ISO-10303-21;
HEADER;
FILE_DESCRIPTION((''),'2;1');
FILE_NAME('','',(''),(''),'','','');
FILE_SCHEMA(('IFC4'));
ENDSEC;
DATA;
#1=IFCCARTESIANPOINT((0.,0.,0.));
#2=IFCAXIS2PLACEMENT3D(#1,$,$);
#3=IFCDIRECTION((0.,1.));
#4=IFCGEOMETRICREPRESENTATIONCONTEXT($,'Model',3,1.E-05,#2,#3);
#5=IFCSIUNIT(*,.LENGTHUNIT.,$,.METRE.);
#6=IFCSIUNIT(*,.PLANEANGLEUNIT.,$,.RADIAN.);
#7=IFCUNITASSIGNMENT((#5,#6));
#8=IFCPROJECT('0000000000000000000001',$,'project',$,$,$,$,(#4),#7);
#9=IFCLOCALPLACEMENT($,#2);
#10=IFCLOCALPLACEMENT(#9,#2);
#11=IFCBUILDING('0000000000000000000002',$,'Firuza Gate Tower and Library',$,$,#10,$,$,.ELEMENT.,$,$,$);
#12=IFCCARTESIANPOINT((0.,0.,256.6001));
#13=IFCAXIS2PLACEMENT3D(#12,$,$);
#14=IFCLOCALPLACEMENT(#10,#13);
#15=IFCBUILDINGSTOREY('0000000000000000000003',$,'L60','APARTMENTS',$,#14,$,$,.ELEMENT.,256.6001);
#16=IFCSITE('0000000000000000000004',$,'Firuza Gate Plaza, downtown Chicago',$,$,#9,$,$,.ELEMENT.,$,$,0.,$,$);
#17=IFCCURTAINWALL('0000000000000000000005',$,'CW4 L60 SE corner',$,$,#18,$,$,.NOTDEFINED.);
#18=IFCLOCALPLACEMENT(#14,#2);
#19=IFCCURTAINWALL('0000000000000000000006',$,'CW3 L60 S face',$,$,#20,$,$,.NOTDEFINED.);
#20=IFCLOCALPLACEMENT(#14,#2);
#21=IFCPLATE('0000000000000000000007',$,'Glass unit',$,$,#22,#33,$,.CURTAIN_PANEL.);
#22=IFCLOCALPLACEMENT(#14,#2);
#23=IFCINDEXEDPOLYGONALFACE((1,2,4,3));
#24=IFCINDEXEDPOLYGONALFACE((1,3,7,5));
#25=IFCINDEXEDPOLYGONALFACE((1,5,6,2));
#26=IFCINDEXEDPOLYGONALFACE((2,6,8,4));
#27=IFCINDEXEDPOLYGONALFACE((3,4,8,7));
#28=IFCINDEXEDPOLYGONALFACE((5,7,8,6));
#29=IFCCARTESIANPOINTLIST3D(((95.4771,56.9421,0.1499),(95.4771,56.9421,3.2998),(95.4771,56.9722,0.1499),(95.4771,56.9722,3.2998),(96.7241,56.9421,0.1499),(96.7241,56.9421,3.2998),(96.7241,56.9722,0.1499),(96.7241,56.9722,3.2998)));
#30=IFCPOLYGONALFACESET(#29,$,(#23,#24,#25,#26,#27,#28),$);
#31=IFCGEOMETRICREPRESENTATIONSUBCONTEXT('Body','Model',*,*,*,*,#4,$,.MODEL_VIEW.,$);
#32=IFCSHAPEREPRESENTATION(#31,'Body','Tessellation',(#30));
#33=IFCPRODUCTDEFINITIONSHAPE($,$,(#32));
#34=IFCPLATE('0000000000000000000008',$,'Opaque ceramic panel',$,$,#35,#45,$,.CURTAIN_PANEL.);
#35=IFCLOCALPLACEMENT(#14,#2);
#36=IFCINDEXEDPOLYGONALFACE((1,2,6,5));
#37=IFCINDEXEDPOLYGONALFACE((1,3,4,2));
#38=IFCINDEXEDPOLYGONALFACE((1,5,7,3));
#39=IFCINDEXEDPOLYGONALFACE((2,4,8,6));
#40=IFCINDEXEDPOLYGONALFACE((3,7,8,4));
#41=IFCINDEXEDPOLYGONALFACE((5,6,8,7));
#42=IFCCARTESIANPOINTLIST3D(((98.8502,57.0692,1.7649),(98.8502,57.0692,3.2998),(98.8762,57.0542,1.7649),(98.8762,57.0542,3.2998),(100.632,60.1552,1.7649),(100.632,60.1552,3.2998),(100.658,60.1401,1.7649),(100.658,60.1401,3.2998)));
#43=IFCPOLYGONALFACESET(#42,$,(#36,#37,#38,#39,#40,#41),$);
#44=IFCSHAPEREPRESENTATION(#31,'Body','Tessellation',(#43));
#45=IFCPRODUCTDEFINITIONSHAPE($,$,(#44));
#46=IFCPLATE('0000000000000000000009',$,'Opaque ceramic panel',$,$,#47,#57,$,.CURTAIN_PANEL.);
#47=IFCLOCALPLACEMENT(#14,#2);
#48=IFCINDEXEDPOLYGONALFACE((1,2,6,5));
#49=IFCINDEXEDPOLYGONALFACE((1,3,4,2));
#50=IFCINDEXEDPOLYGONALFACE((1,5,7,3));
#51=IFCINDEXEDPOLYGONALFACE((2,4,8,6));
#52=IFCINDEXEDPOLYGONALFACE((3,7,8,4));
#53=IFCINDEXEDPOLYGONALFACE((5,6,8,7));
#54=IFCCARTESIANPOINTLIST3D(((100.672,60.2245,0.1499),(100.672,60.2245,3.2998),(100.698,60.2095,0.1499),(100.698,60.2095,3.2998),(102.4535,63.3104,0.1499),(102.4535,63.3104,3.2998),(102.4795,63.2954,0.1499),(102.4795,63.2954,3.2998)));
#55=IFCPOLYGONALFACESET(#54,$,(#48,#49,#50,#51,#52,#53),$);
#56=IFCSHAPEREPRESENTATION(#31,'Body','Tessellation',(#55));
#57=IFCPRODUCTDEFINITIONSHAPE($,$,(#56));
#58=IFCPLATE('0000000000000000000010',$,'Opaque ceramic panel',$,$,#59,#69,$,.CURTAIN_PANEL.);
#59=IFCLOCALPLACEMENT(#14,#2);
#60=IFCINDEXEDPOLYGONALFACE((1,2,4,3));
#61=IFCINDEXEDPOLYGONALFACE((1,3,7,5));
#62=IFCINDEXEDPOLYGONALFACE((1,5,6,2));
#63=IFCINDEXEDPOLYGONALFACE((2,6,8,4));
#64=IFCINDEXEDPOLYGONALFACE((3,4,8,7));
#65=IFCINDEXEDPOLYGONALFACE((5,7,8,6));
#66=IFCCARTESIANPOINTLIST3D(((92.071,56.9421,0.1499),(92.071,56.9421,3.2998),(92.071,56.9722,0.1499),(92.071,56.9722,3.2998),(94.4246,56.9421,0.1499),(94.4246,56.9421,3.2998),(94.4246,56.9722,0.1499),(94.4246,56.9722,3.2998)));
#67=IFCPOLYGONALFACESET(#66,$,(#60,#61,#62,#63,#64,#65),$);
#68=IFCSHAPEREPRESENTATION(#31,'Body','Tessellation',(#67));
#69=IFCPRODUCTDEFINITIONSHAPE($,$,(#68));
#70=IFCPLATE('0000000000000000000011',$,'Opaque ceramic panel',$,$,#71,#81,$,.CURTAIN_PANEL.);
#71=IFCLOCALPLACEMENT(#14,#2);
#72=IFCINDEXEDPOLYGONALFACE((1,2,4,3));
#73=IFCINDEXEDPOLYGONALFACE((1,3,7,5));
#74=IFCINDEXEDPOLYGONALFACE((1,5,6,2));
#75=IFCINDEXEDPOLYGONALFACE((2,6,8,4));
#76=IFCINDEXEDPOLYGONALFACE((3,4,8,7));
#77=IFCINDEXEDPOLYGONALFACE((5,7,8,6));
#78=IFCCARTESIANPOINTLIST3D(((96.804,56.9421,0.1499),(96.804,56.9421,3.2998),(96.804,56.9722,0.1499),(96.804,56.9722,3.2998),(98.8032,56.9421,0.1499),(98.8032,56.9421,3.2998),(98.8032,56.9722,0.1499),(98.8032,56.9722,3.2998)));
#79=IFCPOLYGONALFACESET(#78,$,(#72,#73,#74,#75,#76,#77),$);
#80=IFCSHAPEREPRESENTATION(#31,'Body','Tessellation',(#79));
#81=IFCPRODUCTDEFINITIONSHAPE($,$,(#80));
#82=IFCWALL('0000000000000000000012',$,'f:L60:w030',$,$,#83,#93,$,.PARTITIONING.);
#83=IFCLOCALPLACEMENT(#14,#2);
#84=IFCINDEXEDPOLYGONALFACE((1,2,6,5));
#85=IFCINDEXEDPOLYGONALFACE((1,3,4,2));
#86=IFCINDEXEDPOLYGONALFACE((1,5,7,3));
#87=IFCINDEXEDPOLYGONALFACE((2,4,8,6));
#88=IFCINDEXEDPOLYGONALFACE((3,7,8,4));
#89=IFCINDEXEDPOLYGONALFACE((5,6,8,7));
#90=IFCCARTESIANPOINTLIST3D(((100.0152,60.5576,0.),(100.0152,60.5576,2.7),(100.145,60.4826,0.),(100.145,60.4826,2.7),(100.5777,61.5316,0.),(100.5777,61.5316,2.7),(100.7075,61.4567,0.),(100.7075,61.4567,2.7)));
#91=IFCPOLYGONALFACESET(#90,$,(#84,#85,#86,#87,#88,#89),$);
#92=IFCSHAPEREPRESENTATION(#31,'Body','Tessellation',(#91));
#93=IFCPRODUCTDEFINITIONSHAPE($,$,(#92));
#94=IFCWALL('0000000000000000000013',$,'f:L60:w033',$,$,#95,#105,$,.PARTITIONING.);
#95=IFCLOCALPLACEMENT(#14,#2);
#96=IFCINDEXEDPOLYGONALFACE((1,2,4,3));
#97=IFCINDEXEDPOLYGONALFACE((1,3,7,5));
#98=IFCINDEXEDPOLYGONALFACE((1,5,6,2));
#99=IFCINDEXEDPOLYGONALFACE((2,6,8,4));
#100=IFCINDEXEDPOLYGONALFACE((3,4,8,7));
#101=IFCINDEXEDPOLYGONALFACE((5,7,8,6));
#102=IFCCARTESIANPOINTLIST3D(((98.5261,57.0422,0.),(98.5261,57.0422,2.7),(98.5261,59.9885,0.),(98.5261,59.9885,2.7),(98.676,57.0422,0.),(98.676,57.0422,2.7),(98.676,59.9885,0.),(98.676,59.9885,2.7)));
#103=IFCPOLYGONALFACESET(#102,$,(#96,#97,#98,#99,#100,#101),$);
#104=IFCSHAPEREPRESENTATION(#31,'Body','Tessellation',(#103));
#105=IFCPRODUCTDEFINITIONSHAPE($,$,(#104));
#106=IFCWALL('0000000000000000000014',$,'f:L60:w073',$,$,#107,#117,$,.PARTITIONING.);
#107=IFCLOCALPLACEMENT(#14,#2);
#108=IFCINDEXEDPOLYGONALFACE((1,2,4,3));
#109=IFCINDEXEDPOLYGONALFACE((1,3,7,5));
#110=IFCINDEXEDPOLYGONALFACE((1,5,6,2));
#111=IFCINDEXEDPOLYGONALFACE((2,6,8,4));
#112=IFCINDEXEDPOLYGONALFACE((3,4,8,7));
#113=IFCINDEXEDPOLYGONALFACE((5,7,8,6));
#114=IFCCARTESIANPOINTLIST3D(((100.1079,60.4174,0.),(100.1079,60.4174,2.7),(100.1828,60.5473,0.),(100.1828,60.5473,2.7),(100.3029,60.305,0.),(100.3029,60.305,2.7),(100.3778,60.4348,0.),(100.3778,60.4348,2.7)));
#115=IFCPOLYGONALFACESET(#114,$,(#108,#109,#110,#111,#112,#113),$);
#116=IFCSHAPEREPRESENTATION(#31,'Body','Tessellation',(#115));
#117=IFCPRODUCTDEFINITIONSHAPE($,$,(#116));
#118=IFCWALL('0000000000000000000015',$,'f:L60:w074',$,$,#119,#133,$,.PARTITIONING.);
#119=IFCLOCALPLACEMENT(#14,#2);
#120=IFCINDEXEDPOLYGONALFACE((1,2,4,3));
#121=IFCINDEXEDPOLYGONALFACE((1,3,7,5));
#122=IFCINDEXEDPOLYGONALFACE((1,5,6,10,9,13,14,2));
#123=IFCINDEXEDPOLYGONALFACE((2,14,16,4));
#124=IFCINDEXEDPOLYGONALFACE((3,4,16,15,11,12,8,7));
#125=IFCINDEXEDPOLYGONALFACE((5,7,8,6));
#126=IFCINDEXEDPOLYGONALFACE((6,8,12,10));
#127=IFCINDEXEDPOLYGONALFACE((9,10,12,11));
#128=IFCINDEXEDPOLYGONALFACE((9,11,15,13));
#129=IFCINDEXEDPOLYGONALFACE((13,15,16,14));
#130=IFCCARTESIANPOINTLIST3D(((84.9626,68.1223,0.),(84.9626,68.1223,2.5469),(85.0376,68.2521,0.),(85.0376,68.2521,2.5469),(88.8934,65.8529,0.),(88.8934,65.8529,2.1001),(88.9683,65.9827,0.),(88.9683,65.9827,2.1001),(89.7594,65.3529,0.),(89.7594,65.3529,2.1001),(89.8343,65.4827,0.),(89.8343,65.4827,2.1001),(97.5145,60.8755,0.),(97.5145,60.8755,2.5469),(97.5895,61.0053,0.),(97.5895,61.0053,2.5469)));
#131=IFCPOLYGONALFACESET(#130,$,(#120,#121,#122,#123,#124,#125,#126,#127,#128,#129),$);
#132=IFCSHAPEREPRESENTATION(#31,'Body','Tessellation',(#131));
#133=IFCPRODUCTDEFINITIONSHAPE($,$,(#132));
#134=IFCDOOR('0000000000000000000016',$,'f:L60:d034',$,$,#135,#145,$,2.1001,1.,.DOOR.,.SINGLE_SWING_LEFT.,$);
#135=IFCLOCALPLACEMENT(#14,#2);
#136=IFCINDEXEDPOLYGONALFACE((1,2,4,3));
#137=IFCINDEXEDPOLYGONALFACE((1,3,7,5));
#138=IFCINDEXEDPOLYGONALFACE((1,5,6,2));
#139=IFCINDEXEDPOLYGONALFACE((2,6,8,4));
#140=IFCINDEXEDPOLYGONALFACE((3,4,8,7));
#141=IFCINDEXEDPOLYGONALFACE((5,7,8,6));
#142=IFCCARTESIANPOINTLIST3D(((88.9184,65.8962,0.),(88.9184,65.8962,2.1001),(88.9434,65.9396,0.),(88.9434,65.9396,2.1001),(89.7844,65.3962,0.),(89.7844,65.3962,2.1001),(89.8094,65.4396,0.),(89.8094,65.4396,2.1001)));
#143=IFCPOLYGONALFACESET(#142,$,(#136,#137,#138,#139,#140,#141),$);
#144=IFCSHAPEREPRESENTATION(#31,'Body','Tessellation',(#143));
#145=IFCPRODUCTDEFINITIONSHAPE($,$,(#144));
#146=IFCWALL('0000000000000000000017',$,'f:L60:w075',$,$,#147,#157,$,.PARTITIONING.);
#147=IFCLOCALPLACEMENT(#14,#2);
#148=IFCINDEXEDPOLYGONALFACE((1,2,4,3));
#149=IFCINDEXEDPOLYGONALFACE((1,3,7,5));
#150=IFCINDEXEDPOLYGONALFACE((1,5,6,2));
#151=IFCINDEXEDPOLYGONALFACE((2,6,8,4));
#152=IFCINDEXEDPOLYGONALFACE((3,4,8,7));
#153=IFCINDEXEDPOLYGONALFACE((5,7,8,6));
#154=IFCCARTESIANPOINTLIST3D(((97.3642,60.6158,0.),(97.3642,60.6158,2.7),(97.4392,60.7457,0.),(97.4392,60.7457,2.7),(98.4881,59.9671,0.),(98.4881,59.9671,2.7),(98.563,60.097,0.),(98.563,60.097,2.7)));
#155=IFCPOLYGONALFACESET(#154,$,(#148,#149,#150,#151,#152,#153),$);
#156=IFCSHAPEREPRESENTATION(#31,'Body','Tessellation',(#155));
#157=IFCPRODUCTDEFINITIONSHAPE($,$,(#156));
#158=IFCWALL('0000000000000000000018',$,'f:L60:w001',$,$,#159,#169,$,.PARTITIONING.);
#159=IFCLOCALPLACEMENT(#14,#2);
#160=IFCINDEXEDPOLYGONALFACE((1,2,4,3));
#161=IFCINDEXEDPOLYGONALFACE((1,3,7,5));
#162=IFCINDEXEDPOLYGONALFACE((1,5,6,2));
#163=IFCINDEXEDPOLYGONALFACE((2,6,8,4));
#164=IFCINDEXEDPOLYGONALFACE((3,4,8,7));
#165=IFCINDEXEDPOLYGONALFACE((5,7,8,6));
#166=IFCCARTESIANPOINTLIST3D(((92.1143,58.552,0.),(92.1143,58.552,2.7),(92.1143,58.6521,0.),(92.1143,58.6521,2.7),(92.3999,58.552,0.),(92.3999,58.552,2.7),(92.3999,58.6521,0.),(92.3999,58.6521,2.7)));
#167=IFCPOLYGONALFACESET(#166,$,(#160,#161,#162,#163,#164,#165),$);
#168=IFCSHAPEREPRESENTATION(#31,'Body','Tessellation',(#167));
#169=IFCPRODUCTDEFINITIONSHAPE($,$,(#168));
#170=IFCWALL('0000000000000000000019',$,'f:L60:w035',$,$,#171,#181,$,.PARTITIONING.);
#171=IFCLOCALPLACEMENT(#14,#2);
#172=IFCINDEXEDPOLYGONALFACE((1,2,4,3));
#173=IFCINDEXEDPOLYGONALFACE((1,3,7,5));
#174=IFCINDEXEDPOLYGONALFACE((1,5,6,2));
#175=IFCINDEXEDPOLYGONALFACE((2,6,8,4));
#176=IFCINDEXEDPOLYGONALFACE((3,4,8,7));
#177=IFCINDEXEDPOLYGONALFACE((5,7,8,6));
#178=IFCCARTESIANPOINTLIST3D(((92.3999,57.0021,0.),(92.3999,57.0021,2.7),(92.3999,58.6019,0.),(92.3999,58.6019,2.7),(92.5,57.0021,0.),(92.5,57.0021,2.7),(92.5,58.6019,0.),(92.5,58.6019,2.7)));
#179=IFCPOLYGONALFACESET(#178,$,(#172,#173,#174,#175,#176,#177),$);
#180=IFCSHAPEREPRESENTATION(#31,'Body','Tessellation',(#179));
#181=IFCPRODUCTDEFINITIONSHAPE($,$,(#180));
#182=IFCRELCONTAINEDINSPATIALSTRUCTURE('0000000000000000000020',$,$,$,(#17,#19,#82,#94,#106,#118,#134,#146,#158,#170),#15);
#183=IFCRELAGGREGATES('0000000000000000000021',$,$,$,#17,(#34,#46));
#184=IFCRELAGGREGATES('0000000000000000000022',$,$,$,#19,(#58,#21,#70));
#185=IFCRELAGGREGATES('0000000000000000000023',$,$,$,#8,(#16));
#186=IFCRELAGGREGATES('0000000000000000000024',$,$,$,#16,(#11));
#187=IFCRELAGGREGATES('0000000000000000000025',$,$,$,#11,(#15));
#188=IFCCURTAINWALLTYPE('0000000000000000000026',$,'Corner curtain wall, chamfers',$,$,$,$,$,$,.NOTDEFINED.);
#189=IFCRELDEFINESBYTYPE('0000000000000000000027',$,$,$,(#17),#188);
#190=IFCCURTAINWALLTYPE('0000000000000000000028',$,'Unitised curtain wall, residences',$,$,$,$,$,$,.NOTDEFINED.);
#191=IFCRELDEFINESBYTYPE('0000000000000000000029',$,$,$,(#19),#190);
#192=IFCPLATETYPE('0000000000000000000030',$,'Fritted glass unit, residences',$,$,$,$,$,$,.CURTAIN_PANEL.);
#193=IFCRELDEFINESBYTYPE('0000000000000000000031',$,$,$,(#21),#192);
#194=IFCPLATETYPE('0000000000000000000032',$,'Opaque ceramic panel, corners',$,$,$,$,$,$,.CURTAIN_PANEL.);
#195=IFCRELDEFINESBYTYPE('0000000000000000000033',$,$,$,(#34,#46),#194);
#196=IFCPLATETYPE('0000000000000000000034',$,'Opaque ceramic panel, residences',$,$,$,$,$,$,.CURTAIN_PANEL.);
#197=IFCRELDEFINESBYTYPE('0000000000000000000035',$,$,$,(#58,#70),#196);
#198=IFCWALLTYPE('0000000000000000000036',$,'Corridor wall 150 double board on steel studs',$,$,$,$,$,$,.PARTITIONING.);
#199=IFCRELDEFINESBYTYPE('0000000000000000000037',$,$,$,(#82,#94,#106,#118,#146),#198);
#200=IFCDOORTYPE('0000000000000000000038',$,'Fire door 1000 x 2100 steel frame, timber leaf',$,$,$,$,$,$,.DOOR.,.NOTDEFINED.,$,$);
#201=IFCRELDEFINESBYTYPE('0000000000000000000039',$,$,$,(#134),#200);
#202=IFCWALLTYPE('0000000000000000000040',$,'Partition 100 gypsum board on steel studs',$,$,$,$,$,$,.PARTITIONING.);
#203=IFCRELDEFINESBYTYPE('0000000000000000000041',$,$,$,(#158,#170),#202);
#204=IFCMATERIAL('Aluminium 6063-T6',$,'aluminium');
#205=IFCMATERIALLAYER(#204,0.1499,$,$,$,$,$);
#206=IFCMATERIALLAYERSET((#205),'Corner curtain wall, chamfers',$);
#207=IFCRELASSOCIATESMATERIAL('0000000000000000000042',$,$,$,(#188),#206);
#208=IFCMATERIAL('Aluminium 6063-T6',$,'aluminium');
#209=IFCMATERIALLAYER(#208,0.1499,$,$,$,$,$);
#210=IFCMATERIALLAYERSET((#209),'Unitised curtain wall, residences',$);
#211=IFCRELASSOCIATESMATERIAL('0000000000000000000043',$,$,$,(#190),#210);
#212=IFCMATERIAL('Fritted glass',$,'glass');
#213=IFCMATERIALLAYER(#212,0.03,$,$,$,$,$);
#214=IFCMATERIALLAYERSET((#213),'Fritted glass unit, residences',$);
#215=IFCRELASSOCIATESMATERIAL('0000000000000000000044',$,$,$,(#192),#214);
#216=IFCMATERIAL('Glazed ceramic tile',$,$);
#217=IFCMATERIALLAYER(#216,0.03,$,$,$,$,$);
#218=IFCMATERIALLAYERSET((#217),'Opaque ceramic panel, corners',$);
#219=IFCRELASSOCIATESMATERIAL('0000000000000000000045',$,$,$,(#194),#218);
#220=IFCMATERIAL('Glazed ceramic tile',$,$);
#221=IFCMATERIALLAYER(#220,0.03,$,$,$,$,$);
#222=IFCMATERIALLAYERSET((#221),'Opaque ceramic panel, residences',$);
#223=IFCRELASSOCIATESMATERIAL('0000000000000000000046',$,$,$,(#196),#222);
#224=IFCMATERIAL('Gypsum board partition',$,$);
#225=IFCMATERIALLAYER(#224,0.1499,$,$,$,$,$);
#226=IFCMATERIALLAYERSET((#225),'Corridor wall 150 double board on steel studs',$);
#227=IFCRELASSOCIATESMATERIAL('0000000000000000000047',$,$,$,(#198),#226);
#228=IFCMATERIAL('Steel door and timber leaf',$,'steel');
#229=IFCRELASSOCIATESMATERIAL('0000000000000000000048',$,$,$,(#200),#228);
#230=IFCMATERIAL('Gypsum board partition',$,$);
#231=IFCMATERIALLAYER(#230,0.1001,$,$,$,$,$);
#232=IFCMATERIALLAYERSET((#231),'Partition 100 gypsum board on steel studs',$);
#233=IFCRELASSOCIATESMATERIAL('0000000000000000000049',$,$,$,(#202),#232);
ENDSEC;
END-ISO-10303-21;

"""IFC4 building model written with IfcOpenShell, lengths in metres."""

from ifc_helpers import new_model, si_unit, direction, frame, frame_2d, origin, place, context, subcontext, project, spatial, polyline, rectangle, outline, extrude, material, layer, layer_set, type_object, element, fill, aggregate, save


model = new_model("IFC4")

# Units and contexts
model_context = context("Model", 3, precision=1e-05, world=origin(), true_north=direction((0.0, 1.0)))
body_context = subcontext(model_context, "Body", "Model", "MODEL_VIEW")
ifc_project = project(units=[si_unit("LENGTHUNIT", "METRE"), si_unit("PLANEANGLEUNIT", "RADIAN")], contexts=[model_context])

# Site, building, storey
site_placement = place(None, origin())
site = spatial("IfcSite", under=ifc_project, at=site_placement, Name="Firuza Gate Plaza, downtown Chicago", CompositionType="ELEMENT", RefElevation=0.0)
building_placement = place(site_placement, origin())
building = spatial("IfcBuilding", under=site, at=building_placement, Name="Firuza Gate Tower and Library", CompositionType="ELEMENT")
storey_placement = place(building_placement, frame((0.0, 0.0, 256.6001)))
storey = spatial("IfcBuildingStorey", under=building, at=storey_placement, Name="L60", Description="APARTMENTS", CompositionType="ELEMENT", Elevation=256.6001)

# Curtain walls
ifc_material_1 = material(Name="Aluminium 6063-T6", Category="aluminium")
ifc_layer_1 = layer(ifc_material_1, 0.1499)
ifc_layer_set_1 = layer_set([ifc_layer_1], Name="Corner curtain wall, chamfers")
curtain_wall_type_1 = type_object("IfcCurtainWallType", Name="Corner curtain wall, chamfers", PredefinedType="NOTDEFINED", material=ifc_layer_set_1)
placement = place(storey_placement, origin())
curtain_wall_1 = element("IfcCurtainWall", 1, at=placement, inside=storey, type_object=curtain_wall_type_1, Name="CW4 L60 SE corner", PredefinedType="NOTDEFINED")
ifc_material_2 = material(Name="Aluminium 6063-T6", Category="aluminium")
ifc_layer_2 = layer(ifc_material_2, 0.1499)
ifc_layer_set_2 = layer_set([ifc_layer_2], Name="Unitised curtain wall, residences")
curtain_wall_type_2 = type_object("IfcCurtainWallType", Name="Unitised curtain wall, residences", PredefinedType="NOTDEFINED", material=ifc_layer_set_2)
curtain_wall_2 = element("IfcCurtainWall", 2, at=placement, inside=storey, type_object=curtain_wall_type_2, Name="CW3 L60 S face", PredefinedType="NOTDEFINED")

# Plates
ifc_material_3 = material(Name="Fritted glass", Category="glass")
ifc_layer_3 = layer(ifc_material_3, 0.03)
ifc_layer_set_3 = layer_set([ifc_layer_3], Name="Fritted glass unit, residences")
plate_type_1 = type_object("IfcPlateType", Name="Fritted glass unit, residences", PredefinedType="CURTAIN_PANEL", material=ifc_layer_set_3)
plate_1_placement = place(storey_placement, frame((95.4771, 56.9421, 0.1499), z_axis=(0.0, -1.0, 0.0), x_axis=(1.0, 0.0, 0.0)))
plate_1 = element("IfcPlate", 3, at=plate_1_placement, type_object=plate_type_1, Name="Glass unit", PredefinedType="CURTAIN_PANEL", context=body_context, shape_type="SweptSolid", body=[
    extrude(outline(polyline([(0.0, 0.0), (1.2471, 0.0), (1.2471, 3.1499), (0.0, 3.1499), (0.0, 0.0)])), origin(), (0.0, 0.0, -1.0), 0.03),
])
ifc_material_4 = material(Name="Glazed ceramic tile")
ifc_layer_4 = layer(ifc_material_4, 0.03)
ifc_layer_set_4 = layer_set([ifc_layer_4], Name="Opaque ceramic panel, corners")
plate_type_2 = type_object("IfcPlateType", Name="Opaque ceramic panel, corners", PredefinedType="CURTAIN_PANEL", material=ifc_layer_set_4)
plate_2_placement = place(storey_placement, frame((98.8762, 57.0542, 1.7649), z_axis=(0.866017, -0.500015, 0.0), x_axis=(0.500015, 0.866017, 0.0)))
plate_2 = element("IfcPlate", 4, at=plate_2_placement, type_object=plate_type_2, Name="Opaque ceramic panel", PredefinedType="CURTAIN_PANEL", context=body_context, shape_type="SweptSolid", body=[
    extrude(outline(polyline([(0.0, 0.0), (3.5634, 0.0), (3.5634, 1.5349), (0.0, 1.5349), (0.0, 0.0)])), origin(), (0.0, 0.0, -1.0), 0.03),
])
plate_3_placement = place(storey_placement, frame((100.698, 60.2095, 0.1499), z_axis=(0.866046, -0.499964, 0.0), x_axis=(0.499964, 0.866046, 0.0)))
plate_3 = element("IfcPlate", 5, at=plate_3_placement, type_object=plate_type_2, Name="Opaque ceramic panel", PredefinedType="CURTAIN_PANEL", context=body_context, shape_type="SweptSolid", body=[
    extrude(outline(polyline([(0.0, 0.0), (3.5632, 0.0), (3.5632, 3.1499), (0.0, 3.1499), (0.0, 0.0)])), origin(), (0.0, 0.0, -1.0), 0.03),
])
aggregate(curtain_wall_1, [plate_2, plate_3])
ifc_material_5 = material(Name="Glazed ceramic tile")
ifc_layer_5 = layer(ifc_material_5, 0.03)
ifc_layer_set_5 = layer_set([ifc_layer_5], Name="Opaque ceramic panel, residences")
plate_type_3 = type_object("IfcPlateType", Name="Opaque ceramic panel, residences", PredefinedType="CURTAIN_PANEL", material=ifc_layer_set_5)
plate_4_placement = place(storey_placement, frame((92.071, 56.9421, 0.1499), z_axis=(0.0, -1.0, 0.0), x_axis=(1.0, 0.0, 0.0)))
plate_4 = element("IfcPlate", 6, at=plate_4_placement, type_object=plate_type_3, Name="Opaque ceramic panel", PredefinedType="CURTAIN_PANEL", context=body_context, shape_type="SweptSolid", body=[
    extrude(outline(polyline([(0.0, 0.0), (2.3535, 0.0), (2.3535, 3.1499), (0.0, 3.1499), (0.0, 0.0)])), origin(), (0.0, 0.0, -1.0), 0.03),
])
plate_5_placement = place(storey_placement, frame((96.804, 56.9421, 0.1499), z_axis=(0.0, -1.0, 0.0), x_axis=(1.0, 0.0, 0.0)))
plate_5 = element("IfcPlate", 7, at=plate_5_placement, type_object=plate_type_3, Name="Opaque ceramic panel", PredefinedType="CURTAIN_PANEL", context=body_context, shape_type="SweptSolid", body=[
    extrude(outline(polyline([(0.0, 0.0), (1.9993, 0.0), (1.9993, 3.1499), (0.0, 3.1499), (0.0, 0.0)])), origin(), (0.0, 0.0, -1.0), 0.03),
])
aggregate(curtain_wall_2, [plate_4, plate_1, plate_5])

# Walls
ifc_material_6 = material(Name="Gypsum board partition")
ifc_layer_6 = layer(ifc_material_6, 0.1499)
ifc_layer_set_6 = layer_set([ifc_layer_6], Name="Corridor wall 150 double board on steel studs")
wall_type_1 = type_object("IfcWallType", Name="Corridor wall 150 double board on steel studs", PredefinedType="PARTITIONING", material=ifc_layer_set_6)
wall_1_placement = place(storey_placement, frame((100.0801, 60.52, 0.0), z_axis=(0.0, 0.0, 1.0), x_axis=(0.500061, 0.86599, 0.0)))
element("IfcWall", 8, at=wall_1_placement, inside=storey, type_object=wall_type_1, Name="f:L60:w030", PredefinedType="PARTITIONING", context=body_context, shape_type="SweptSolid", body=[
    extrude(rectangle(XDim=1.1248, YDim=0.1499, at=frame_2d((0.5625, 0.0))), origin(), (0.0, 0.0, 1.0), 2.7),
])
wall_2_placement = place(storey_placement, frame((98.6011, 57.0422, 0.0), z_axis=(0.0, 0.0, 1.0), x_axis=(0.0, 1.0, 0.0)))
element("IfcWall", 9, at=wall_2_placement, inside=storey, type_object=wall_type_1, Name="f:L60:w033", PredefinedType="PARTITIONING", context=body_context, shape_type="SweptSolid", body=[
    extrude(rectangle(XDim=2.9463, YDim=0.1499, at=frame_2d((1.4731, 0.0))), origin(), (0.0, 0.0, 1.0), 2.7),
])
wall_3_placement = place(storey_placement, frame((100.3403, 60.3699, 0.0), z_axis=(0.0, 0.0, 1.0), x_axis=(-0.866168, 0.499754, 0.0)))
element("IfcWall", 10, at=wall_3_placement, inside=storey, type_object=wall_type_1, Name="f:L60:w073", PredefinedType="PARTITIONING", context=body_context, shape_type="SweptSolid", body=[
    extrude(rectangle(XDim=0.2251, YDim=0.1499, at=frame_2d((0.1125, 0.0))), origin(), (0.0, 0.0, 1.0), 2.7),
])

# Wall, opening, door
wall_4_placement = place(storey_placement, frame((97.552, 60.9404, 0.0), z_axis=(0.0, 0.0, 1.0), x_axis=(-0.866028, 0.499996, 0.0)))
wall_4 = element("IfcWall", 11, at=wall_4_placement, inside=storey, type_object=wall_type_1, Name="f:L60:w074", PredefinedType="PARTITIONING", context=body_context, shape_type="SweptSolid", body=[
    extrude(rectangle(XDim=14.4937, YDim=0.1499, at=frame_2d((7.2468, 0.0))), origin(), (0.0, 0.0, 1.0), 2.5469),
])
opening_1_placement = place(wall_4_placement, frame((8.9548, 0.0, 0.0)))
opening_1 = element("IfcOpeningElement", 12, at=opening_1_placement, cuts=wall_4, PredefinedType="OPENING", context=body_context, shape_type="SweptSolid", body=[
    extrude(rectangle(XDim=1.0, YDim=2.1001, at=frame_2d((0.5, 1.05))), frame((0.0, 0.085, 0.0), z_axis=(0.0, -1.0, 0.0), x_axis=(1.0, 0.0, 0.0)), (0.0, 0.0, 1.0), 0.1699),
])
ifc_material_7 = material(Name="Steel door and timber leaf", Category="steel")
door_type_1 = type_object("IfcDoorType", Name="Fire door 1000 x 2100 steel frame, timber leaf", OperationType="NOTDEFINED", PredefinedType="DOOR", material=ifc_material_7)
door_1_placement = place(opening_1_placement, origin())
door_1 = element("IfcDoor", 13, at=door_1_placement, inside=storey, type_object=door_type_1, Name="f:L60:d034", OperationType="SINGLE_SWING_LEFT", OverallHeight=2.1001, OverallWidth=1.0, PredefinedType="DOOR", context=body_context, shape_type="SweptSolid", body=[
    extrude(rectangle(XDim=1.0, YDim=2.1001, at=frame_2d((0.5, 1.05))), frame((0.0, 0.0249, 0.0), z_axis=(0.0, -1.0, 0.0), x_axis=(1.0, 0.0, 0.0)), (0.0, 0.0, 1.0), 0.05),
])
fill(opening_1, door_1)

# Walls
wall_5_placement = place(storey_placement, frame((98.5256, 60.032, 0.0), z_axis=(0.0, 0.0, 1.0), x_axis=(-0.86607, 0.499923, 0.0)))
element("IfcWall", 14, at=wall_5_placement, inside=storey, type_object=wall_type_1, Name="f:L60:w075", PredefinedType="PARTITIONING", context=body_context, shape_type="SweptSolid", body=[
    extrude(rectangle(XDim=1.2976, YDim=0.1499, at=frame_2d((0.6489, 0.0))), origin(), (0.0, 0.0, 1.0), 2.7),
])
ifc_material_8 = material(Name="Gypsum board partition")
ifc_layer_7 = layer(ifc_material_8, 0.1001)
ifc_layer_set_7 = layer_set([ifc_layer_7], Name="Partition 100 gypsum board on steel studs")
wall_type_2 = type_object("IfcWallType", Name="Partition 100 gypsum board on steel studs", PredefinedType="PARTITIONING", material=ifc_layer_set_7)
wall_6_placement = place(storey_placement, frame((92.1143, 58.6021, 0.0), z_axis=(0.0, 0.0, 1.0), x_axis=(1.0, 0.0, 0.0)))
element("IfcWall", 15, at=wall_6_placement, inside=storey, type_object=wall_type_2, Name="f:L60:w001", PredefinedType="PARTITIONING", context=body_context, shape_type="SweptSolid", body=[
    extrude(rectangle(XDim=0.2856, YDim=0.1001, at=frame_2d((0.1428, 0.0))), origin(), (0.0, 0.0, 1.0), 2.7),
])
wall_7_placement = place(storey_placement, frame((92.45, 57.0022, 0.0), z_axis=(0.0, 0.0, 1.0), x_axis=(0.0, 1.0, 0.0)))
element("IfcWall", 16, at=wall_7_placement, inside=storey, type_object=wall_type_2, Name="f:L60:w035", PredefinedType="PARTITIONING", context=body_context, shape_type="SweptSolid", body=[
    extrude(rectangle(XDim=1.5999, YDim=0.1001, at=frame_2d((0.7998, 0.0))), origin(), (0.0, 0.0, 1.0), 2.7),
])

save(model, "model.ifc")
